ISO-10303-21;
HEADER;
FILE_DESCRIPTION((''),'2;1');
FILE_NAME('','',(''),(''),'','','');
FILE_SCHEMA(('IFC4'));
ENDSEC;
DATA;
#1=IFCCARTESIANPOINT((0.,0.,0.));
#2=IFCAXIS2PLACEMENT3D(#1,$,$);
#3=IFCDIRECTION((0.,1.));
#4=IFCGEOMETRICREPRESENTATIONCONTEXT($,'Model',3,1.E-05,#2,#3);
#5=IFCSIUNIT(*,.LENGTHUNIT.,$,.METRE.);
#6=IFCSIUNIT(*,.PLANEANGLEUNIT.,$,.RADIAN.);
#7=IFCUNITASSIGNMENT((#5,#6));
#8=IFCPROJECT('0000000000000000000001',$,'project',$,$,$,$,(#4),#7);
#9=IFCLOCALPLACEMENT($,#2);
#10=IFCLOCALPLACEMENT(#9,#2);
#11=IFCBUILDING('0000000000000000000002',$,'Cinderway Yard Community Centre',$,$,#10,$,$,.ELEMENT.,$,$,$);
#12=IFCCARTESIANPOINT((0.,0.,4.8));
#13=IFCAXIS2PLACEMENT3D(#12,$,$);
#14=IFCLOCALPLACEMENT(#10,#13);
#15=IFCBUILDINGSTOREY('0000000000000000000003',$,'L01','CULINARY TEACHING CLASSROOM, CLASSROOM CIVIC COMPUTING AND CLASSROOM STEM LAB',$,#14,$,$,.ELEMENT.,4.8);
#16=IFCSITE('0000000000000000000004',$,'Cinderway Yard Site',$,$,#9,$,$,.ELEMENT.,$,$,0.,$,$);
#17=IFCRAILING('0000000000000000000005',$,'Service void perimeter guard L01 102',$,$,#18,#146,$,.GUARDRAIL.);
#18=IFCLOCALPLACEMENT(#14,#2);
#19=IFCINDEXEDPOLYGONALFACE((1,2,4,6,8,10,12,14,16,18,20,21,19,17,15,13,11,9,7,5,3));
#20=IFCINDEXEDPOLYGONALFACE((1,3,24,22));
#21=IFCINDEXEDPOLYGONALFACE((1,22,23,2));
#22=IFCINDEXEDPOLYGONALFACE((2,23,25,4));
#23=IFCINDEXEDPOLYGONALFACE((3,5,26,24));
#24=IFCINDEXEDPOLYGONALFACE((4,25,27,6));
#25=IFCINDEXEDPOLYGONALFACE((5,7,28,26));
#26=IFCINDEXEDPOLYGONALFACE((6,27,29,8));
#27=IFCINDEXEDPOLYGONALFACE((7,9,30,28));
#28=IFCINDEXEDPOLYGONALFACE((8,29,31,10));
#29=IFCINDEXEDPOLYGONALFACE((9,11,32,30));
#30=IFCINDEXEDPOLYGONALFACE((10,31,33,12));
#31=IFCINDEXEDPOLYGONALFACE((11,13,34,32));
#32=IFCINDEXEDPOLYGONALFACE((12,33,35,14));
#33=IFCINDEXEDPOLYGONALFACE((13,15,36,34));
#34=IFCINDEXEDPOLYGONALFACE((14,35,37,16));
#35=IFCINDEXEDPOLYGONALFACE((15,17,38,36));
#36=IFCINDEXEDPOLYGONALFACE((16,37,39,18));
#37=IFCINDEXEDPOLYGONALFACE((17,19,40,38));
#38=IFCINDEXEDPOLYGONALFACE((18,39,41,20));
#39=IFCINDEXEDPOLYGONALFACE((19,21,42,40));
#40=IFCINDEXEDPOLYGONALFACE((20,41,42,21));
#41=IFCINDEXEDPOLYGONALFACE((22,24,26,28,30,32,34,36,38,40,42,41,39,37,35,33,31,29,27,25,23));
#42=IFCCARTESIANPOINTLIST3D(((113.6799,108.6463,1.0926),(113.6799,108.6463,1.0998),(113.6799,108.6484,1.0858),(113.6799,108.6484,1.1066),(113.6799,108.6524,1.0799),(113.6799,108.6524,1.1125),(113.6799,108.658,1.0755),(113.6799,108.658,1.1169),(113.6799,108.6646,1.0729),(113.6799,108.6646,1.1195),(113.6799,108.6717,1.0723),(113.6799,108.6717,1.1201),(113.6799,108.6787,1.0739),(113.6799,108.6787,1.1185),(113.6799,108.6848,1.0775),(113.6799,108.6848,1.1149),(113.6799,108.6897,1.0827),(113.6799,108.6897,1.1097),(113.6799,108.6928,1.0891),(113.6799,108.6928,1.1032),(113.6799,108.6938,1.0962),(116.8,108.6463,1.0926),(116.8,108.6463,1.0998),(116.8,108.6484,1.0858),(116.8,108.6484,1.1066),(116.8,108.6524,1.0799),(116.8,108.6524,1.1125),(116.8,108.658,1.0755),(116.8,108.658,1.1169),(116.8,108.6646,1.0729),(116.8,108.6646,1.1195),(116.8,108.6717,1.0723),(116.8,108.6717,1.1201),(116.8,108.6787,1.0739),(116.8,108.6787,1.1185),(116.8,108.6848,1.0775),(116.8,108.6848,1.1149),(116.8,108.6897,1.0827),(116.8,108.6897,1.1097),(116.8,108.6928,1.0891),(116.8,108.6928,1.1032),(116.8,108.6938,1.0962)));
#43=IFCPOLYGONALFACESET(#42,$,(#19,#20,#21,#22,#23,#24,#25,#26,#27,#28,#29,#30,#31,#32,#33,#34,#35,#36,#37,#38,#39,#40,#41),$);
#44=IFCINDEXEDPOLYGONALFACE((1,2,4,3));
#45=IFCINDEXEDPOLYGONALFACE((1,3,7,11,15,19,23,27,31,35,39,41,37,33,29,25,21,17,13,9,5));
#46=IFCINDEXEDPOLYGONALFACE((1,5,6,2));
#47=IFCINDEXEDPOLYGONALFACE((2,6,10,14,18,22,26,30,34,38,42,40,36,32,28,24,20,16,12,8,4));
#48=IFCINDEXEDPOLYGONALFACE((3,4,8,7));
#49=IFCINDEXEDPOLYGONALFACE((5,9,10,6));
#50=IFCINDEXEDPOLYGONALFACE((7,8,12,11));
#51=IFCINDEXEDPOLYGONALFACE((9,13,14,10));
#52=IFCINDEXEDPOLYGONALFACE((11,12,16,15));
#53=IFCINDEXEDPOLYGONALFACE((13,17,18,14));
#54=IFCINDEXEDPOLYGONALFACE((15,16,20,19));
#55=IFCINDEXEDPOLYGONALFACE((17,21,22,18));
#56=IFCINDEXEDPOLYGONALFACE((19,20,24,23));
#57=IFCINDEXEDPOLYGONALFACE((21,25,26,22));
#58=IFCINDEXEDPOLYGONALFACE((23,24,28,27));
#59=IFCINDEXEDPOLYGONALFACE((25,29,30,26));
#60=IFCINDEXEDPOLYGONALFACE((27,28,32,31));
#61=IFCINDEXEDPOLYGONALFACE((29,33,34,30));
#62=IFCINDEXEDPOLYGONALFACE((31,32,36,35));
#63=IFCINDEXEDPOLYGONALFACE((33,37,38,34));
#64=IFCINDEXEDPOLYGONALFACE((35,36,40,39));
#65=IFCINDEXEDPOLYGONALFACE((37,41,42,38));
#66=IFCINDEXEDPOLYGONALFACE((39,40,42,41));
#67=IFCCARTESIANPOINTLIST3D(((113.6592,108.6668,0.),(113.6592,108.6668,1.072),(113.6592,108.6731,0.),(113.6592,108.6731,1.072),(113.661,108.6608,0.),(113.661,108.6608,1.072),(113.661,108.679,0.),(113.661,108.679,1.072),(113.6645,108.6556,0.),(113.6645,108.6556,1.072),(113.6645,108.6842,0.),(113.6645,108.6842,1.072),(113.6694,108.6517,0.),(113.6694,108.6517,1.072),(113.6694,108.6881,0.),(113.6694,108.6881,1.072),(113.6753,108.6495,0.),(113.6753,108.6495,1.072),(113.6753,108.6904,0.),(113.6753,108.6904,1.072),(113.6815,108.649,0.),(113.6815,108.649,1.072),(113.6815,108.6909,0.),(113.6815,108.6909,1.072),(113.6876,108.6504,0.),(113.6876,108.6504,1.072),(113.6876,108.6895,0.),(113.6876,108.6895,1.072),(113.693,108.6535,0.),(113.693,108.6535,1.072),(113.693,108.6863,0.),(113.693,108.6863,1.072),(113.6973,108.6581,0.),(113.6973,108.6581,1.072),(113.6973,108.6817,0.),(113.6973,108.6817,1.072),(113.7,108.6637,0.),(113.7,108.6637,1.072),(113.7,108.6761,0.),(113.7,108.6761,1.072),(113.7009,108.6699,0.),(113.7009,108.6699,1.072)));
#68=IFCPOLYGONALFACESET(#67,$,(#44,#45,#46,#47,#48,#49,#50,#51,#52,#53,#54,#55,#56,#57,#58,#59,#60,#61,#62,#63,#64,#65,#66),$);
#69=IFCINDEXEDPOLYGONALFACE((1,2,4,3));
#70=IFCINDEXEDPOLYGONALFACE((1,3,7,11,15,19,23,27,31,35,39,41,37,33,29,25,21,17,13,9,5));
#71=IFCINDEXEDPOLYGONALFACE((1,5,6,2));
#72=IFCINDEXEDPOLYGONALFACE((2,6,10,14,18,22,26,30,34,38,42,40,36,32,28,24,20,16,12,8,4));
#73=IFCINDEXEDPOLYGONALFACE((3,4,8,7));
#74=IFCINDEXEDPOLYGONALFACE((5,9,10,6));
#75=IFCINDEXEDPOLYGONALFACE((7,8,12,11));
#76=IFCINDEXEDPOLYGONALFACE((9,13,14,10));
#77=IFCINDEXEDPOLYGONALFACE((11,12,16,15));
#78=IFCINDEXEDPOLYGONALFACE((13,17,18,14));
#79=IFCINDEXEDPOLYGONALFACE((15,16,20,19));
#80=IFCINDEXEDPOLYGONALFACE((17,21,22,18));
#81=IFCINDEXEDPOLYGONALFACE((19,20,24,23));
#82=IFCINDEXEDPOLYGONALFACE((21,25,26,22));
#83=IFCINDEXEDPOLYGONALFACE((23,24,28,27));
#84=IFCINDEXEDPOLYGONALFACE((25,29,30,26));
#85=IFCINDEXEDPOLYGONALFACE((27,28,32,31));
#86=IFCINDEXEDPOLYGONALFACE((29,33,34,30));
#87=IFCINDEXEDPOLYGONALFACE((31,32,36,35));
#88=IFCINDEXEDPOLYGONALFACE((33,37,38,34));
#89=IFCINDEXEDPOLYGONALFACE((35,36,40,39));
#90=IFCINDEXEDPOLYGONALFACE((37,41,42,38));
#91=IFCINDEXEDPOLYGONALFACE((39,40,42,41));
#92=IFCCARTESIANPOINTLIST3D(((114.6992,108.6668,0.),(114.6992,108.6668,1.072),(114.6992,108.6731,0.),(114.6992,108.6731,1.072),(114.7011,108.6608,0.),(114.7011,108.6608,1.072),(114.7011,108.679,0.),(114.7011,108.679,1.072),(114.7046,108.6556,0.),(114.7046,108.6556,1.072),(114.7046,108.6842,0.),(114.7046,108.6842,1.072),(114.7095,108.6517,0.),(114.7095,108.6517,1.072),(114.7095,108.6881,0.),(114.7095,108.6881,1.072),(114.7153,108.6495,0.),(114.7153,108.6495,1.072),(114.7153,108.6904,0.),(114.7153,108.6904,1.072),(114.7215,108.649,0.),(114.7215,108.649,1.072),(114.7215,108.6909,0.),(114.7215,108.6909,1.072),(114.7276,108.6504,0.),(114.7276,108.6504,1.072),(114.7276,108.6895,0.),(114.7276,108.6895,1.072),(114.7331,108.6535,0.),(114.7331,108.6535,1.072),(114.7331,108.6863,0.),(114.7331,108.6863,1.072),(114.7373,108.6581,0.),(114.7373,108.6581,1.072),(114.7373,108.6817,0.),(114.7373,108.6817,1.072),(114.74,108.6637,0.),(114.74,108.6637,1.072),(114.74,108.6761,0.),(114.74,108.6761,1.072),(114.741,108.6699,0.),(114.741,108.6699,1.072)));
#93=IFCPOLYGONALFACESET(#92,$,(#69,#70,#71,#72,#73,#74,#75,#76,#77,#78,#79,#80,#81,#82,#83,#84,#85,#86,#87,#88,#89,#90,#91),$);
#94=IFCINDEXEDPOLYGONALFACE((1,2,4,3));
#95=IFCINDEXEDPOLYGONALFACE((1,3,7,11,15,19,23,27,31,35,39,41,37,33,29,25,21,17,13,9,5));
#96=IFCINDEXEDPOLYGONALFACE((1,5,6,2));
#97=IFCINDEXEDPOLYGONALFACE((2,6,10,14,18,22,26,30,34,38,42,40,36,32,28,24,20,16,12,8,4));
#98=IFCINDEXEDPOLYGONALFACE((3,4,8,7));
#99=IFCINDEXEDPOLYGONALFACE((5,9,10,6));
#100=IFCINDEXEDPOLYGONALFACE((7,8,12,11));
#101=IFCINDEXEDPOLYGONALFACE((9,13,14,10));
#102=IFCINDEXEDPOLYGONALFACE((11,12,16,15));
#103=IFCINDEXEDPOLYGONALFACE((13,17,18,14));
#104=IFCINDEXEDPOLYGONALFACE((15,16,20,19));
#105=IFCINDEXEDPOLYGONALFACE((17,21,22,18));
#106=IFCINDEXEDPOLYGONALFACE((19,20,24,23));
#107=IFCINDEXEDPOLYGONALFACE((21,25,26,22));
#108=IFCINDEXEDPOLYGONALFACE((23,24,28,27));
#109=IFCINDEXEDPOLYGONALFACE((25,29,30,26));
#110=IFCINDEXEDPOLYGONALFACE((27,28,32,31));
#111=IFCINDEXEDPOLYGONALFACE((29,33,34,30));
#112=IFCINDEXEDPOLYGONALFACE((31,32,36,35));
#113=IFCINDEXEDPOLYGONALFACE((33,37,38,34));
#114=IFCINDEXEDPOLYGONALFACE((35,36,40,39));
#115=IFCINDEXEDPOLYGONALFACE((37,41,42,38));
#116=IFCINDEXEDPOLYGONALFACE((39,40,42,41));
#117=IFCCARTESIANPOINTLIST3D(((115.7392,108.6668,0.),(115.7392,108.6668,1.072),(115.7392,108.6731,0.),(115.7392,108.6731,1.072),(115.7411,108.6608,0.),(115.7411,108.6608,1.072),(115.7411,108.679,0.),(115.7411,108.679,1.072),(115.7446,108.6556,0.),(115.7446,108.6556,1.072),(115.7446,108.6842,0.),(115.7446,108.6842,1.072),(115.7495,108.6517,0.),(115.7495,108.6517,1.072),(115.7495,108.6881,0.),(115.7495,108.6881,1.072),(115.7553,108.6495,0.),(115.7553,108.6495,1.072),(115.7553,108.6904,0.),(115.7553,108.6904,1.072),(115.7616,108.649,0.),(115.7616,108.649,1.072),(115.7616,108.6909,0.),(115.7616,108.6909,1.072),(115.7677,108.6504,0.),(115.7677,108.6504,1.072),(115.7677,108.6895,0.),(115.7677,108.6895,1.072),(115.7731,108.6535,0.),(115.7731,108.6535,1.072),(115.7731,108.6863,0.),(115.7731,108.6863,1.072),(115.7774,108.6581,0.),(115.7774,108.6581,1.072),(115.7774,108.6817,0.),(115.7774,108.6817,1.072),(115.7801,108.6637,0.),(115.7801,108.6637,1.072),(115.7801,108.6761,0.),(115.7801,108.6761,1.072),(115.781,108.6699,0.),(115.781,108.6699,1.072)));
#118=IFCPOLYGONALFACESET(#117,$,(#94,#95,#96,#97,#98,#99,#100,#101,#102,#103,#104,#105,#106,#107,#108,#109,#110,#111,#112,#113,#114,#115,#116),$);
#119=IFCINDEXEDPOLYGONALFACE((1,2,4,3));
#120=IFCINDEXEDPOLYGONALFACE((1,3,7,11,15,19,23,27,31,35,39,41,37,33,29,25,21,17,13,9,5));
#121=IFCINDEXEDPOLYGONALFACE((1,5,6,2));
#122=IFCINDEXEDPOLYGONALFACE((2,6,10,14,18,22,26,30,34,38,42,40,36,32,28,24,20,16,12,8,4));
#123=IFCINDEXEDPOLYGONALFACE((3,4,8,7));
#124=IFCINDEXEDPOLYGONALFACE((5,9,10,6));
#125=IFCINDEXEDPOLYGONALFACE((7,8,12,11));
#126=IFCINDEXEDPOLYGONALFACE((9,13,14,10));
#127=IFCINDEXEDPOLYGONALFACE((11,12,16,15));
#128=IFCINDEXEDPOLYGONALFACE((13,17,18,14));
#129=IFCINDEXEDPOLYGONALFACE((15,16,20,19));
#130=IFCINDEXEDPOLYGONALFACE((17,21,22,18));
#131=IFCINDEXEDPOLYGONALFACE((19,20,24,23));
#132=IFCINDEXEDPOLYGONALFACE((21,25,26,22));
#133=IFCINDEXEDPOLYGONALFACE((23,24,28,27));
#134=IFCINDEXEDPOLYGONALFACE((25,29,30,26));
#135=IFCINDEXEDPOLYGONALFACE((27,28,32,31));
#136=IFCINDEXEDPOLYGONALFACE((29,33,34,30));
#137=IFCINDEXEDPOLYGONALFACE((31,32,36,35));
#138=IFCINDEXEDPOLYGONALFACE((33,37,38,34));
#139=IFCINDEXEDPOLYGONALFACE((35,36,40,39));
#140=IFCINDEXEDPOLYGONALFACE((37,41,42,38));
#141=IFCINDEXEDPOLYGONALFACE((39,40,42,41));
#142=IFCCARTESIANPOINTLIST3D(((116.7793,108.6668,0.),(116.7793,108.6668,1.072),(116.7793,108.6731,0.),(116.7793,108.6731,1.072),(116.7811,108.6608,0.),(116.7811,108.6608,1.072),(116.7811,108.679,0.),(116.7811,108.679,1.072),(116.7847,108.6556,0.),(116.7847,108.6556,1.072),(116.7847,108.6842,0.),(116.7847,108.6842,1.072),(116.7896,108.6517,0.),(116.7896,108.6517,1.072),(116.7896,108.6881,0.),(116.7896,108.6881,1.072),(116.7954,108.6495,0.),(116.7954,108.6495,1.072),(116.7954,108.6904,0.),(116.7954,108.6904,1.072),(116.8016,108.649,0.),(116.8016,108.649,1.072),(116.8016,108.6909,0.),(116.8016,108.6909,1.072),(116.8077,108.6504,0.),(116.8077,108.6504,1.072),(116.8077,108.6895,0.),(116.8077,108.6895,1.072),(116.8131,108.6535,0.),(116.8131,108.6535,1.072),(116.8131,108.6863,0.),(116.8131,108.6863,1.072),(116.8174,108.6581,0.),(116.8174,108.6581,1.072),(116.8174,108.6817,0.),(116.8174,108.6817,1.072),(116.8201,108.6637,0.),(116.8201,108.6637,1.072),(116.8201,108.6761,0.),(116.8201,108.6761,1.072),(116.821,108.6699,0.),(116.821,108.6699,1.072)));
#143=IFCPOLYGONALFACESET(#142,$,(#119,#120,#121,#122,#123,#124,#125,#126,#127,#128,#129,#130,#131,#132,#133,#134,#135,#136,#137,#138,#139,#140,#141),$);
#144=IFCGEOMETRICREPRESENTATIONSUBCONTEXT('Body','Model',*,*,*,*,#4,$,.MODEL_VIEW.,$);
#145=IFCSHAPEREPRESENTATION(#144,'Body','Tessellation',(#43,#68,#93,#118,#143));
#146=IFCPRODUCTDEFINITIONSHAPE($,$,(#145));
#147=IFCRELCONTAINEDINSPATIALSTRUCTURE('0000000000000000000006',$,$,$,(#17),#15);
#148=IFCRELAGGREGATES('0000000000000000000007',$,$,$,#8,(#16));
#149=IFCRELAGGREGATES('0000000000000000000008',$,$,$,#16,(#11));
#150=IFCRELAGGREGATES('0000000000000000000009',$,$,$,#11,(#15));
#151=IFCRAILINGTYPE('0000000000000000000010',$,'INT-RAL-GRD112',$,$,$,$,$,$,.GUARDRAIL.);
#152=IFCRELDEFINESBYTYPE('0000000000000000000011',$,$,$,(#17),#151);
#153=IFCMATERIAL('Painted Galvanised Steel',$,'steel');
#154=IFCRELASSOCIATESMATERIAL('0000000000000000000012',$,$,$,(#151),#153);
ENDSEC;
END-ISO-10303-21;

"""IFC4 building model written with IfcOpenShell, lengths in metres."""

from ifc_helpers import new_model, si_unit, direction, frame, origin, origin_2d, place, context, subcontext, project, spatial, circle, extrude, material, type_object, element, save


model = new_model("IFC4")

# Units and contexts
model_context = context("Model", 3, precision=1e-05, world=origin(), true_north=direction((0.0, 1.0)))
body_context = subcontext(model_context, "Body", "Model", "MODEL_VIEW")
ifc_project = project(units=[si_unit("LENGTHUNIT", "METRE"), si_unit("PLANEANGLEUNIT", "RADIAN")], contexts=[model_context])

# Site, building, storey
site_placement = place(None, origin())
site = spatial("IfcSite", under=ifc_project, at=site_placement, Name="Cinderway Yard Site", CompositionType="ELEMENT", RefElevation=0.0)
building_placement = place(site_placement, origin())
building = spatial("IfcBuilding", under=site, at=building_placement, Name="Cinderway Yard Community Centre", CompositionType="ELEMENT")
storey_placement = place(building_placement, frame((0.0, 0.0, 4.8)))
storey = spatial("IfcBuildingStorey", under=building, at=storey_placement, Name="L01", Description="CULINARY TEACHING CLASSROOM, CLASSROOM CIVIC COMPUTING AND CLASSROOM STEM LAB", CompositionType="ELEMENT", Elevation=4.8)

# Railing
ifc_material_1 = material(Name="Painted Galvanised Steel", Category="steel")
railing_type_1 = type_object("IfcRailingType", Name="INT-RAL-GRD112", PredefinedType="GUARDRAIL", material=ifc_material_1)
railing_1_placement = place(storey_placement, frame((113.6799, 108.6699, 0.0)))
element("IfcRailing", 1, at=railing_1_placement, inside=storey, type_object=railing_type_1, Name="Service void perimeter guard L01 102", PredefinedType="GUARDRAIL", context=body_context, shape_type="SweptSolid", body=[
    extrude(circle(Radius=0.0239, at=origin_2d()), frame((0.0, 0.0, 1.0962), z_axis=(1.0, 0.0, 0.0), x_axis=(0.0, 1.0, 0.0)), (0.0, 0.0, 1.0), 3.1201),
    extrude(circle(Radius=0.021, at=origin_2d()), origin(), (0.0, 0.0, 1.0), 1.072),
    extrude(circle(Radius=0.021, at=origin_2d()), frame((1.04, 0.0, 0.0)), (0.0, 0.0, 1.0), 1.072),
    extrude(circle(Radius=0.021, at=origin_2d()), frame((2.0801, 0.0, 0.0)), (0.0, 0.0, 1.0), 1.072),
    extrude(circle(Radius=0.021, at=origin_2d()), frame((3.1201, 0.0, 0.0)), (0.0, 0.0, 1.0), 1.072),
])

save(model, "model.ifc")
